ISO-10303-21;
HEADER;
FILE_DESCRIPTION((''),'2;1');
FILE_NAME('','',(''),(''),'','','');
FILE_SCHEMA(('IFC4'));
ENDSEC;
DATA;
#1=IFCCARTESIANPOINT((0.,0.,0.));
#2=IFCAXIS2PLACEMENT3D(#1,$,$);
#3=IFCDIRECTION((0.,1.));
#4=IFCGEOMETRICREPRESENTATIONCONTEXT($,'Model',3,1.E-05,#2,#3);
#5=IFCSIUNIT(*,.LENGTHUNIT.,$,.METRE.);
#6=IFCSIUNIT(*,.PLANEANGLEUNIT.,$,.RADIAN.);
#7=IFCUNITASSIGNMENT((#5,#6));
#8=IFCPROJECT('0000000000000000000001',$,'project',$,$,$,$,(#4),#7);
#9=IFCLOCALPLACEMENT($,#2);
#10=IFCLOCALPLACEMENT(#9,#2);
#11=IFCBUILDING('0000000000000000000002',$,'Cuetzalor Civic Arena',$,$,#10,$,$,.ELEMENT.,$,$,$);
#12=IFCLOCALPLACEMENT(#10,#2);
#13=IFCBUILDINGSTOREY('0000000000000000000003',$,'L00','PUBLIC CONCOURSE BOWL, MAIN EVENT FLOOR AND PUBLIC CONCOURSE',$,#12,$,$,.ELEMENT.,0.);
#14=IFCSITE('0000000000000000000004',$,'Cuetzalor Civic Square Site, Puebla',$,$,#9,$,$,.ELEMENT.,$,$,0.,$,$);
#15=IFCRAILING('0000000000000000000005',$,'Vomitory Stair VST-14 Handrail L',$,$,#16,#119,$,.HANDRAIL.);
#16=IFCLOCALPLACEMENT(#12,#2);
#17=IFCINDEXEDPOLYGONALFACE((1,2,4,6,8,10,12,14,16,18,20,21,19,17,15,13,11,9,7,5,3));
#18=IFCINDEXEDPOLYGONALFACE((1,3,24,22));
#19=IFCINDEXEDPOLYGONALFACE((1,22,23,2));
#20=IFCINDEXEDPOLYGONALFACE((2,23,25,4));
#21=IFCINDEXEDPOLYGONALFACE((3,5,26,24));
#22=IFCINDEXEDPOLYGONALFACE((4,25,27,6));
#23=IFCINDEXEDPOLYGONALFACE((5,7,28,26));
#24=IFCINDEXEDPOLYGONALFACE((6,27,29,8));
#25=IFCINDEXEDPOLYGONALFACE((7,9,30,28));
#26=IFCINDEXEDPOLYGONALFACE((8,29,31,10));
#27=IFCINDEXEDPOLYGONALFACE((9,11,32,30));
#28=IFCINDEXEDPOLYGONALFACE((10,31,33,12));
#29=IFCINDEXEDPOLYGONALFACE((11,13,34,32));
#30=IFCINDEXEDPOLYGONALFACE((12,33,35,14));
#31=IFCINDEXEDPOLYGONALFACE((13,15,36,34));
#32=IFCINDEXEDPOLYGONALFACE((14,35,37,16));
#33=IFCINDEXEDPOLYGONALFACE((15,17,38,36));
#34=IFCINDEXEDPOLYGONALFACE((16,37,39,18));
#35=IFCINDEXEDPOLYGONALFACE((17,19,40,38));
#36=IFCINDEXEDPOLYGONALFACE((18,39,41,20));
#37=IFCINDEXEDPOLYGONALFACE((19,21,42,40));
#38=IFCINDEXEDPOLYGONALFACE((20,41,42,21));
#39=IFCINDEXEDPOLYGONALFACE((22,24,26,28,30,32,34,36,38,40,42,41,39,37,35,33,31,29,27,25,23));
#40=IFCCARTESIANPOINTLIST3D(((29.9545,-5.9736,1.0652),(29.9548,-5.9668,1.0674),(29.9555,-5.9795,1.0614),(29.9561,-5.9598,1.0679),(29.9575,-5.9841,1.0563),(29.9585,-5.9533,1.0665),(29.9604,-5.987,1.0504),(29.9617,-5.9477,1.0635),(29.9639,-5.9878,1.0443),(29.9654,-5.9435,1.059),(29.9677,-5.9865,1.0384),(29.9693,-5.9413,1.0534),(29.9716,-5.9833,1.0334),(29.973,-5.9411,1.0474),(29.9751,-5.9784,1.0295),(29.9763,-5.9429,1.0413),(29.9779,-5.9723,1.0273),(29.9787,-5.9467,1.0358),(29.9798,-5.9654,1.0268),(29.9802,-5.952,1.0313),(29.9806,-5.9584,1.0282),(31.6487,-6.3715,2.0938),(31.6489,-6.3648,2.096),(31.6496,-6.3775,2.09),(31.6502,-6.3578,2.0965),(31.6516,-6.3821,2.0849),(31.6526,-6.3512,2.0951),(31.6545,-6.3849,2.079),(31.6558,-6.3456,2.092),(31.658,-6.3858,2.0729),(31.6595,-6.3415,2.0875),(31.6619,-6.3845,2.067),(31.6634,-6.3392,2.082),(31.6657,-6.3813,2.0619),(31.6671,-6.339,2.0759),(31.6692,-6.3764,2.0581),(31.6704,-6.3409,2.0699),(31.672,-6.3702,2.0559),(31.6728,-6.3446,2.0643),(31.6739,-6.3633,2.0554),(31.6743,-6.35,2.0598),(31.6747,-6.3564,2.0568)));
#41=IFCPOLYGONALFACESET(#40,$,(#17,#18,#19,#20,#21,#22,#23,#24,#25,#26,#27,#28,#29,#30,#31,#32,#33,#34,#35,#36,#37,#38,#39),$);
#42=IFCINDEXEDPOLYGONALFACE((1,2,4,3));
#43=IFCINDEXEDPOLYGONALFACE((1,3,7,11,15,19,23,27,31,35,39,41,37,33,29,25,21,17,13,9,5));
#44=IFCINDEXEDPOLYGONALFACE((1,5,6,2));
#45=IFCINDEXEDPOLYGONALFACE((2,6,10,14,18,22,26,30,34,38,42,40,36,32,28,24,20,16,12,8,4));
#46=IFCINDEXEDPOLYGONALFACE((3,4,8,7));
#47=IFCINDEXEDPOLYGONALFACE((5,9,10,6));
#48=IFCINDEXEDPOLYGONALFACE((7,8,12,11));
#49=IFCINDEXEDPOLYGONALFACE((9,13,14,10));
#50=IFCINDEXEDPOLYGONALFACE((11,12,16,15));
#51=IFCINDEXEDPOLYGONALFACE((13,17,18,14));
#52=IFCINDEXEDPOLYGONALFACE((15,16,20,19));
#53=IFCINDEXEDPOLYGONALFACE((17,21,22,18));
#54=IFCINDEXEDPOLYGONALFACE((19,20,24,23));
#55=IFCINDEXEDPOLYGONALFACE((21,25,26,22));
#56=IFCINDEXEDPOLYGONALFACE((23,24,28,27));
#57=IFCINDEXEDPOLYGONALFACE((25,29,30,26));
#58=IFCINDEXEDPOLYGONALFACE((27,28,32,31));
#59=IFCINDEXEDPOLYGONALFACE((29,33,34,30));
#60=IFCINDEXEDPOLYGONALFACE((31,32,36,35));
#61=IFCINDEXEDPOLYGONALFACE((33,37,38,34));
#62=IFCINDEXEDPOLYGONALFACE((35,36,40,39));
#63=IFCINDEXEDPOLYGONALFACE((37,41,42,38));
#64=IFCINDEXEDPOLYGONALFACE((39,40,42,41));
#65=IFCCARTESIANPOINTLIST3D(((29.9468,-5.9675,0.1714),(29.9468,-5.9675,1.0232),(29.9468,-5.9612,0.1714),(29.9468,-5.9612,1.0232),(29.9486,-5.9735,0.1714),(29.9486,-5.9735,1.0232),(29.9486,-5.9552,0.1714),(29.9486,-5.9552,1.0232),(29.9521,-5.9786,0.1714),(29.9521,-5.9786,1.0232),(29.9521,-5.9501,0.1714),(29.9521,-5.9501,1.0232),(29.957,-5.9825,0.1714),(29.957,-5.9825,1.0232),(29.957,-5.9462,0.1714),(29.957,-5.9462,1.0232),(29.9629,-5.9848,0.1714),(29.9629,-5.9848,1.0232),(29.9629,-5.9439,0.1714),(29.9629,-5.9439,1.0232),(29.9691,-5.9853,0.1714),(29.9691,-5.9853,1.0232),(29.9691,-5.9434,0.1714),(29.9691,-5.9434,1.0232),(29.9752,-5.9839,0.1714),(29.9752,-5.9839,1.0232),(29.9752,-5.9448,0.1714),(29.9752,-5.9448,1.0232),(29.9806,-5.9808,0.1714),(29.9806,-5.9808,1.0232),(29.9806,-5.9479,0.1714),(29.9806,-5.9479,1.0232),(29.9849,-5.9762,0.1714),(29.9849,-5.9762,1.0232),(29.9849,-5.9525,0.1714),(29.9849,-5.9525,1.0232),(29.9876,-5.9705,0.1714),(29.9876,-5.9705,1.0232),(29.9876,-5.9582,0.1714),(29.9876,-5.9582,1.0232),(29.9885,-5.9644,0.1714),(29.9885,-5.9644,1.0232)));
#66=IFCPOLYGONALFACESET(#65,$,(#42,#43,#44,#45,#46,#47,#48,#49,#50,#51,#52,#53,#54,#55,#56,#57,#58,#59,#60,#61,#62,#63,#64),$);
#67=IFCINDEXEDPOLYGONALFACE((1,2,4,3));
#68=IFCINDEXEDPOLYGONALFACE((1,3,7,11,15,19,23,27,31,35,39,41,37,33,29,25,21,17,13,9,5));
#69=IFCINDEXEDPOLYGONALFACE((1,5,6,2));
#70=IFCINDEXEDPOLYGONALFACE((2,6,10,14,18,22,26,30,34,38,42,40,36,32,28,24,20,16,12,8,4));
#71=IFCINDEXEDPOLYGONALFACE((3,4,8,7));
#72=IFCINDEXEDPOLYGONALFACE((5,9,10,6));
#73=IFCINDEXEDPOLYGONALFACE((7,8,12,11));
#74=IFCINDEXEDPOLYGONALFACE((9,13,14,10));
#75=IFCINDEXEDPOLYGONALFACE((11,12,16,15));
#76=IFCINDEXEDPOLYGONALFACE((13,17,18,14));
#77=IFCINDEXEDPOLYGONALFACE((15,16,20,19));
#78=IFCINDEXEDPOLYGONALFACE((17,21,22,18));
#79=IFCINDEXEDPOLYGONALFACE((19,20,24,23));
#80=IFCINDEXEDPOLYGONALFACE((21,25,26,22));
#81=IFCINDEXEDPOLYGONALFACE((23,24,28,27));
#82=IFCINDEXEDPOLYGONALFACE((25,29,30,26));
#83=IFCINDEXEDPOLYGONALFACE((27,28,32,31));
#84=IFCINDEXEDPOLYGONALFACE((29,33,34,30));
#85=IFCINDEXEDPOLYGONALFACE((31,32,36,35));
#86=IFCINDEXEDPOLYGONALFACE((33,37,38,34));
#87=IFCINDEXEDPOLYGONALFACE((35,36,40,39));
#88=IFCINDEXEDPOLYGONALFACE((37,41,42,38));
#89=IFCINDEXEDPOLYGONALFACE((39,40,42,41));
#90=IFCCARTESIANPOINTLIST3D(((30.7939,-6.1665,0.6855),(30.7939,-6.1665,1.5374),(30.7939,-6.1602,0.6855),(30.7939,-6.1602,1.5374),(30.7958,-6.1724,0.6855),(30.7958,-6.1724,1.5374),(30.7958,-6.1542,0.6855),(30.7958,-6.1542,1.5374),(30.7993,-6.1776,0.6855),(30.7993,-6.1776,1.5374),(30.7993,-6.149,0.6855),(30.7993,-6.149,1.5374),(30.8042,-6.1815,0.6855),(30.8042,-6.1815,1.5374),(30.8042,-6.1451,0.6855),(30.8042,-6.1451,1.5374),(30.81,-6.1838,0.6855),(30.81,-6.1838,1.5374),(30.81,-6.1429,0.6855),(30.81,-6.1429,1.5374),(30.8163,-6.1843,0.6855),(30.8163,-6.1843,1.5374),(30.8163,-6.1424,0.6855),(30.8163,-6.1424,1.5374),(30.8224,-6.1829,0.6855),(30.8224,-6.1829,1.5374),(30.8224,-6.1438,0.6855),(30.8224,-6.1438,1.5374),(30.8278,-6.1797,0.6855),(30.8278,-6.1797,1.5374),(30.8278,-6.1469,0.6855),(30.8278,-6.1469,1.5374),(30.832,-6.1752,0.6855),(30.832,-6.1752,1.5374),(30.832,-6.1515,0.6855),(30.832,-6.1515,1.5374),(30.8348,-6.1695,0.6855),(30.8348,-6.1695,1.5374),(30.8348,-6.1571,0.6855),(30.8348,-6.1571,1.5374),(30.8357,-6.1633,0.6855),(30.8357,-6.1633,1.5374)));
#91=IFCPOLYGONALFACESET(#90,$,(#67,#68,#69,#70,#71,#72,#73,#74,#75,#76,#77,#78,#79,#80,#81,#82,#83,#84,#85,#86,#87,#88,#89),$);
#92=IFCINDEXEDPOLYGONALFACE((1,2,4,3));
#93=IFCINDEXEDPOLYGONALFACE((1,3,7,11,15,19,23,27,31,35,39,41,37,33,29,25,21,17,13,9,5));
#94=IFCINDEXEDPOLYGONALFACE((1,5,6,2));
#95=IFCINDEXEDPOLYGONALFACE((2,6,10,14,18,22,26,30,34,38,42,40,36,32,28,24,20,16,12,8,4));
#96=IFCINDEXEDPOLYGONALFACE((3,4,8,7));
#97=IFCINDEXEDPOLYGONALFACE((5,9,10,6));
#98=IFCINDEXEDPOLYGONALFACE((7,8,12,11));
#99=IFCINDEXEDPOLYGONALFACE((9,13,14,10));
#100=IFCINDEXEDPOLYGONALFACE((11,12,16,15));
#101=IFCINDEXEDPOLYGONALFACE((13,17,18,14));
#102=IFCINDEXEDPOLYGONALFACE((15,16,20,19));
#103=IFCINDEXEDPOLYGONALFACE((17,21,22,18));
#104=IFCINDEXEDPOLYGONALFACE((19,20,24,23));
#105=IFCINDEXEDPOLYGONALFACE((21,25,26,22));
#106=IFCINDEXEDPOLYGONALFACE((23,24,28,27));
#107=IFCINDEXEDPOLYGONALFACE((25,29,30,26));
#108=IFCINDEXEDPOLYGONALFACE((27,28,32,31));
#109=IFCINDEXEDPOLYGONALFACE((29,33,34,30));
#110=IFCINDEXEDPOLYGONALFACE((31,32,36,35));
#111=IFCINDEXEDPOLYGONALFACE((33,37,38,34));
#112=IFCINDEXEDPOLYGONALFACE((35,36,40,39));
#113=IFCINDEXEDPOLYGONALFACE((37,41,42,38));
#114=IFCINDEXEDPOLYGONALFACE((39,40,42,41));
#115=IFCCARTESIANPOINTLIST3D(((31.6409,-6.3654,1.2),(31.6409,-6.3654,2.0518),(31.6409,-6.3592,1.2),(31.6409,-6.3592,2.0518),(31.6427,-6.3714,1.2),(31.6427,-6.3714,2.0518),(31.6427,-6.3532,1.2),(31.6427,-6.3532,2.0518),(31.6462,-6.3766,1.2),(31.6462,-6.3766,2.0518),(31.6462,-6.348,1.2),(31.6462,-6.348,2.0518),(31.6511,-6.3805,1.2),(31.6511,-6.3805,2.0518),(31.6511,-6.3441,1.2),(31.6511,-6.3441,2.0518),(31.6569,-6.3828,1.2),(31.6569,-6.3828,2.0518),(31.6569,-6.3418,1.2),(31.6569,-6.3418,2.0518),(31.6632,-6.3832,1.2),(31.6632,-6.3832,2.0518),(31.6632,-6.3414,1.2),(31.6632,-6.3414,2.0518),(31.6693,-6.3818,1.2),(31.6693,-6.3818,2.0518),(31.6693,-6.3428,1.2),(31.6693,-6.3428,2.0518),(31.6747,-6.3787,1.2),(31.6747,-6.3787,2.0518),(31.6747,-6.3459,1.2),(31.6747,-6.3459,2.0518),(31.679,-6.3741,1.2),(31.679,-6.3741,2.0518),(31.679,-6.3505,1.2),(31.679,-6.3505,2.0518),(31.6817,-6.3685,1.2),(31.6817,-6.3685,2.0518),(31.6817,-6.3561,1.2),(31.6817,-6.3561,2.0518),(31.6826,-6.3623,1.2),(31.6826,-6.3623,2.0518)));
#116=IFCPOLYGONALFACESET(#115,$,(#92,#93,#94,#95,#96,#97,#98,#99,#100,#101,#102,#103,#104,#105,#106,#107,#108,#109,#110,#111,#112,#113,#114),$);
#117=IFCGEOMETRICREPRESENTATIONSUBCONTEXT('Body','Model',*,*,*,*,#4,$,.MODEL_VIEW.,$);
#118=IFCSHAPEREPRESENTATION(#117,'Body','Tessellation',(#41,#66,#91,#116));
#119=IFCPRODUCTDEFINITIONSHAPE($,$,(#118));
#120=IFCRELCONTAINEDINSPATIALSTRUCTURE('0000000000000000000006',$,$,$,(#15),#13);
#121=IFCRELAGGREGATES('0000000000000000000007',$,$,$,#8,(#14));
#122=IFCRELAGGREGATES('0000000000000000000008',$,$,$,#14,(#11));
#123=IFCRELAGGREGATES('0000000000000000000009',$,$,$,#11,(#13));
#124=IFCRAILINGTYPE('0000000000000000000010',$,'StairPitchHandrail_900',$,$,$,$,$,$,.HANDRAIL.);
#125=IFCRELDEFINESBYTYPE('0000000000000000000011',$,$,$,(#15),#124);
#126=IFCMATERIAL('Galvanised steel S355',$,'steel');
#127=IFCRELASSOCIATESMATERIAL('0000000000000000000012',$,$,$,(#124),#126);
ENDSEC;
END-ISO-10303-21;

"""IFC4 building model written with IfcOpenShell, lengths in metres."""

from ifc_helpers import new_model, si_unit, direction, frame, origin, origin_2d, place, context, subcontext, project, spatial, circle, extrude, material, type_object, element, save


model = new_model("IFC4")

# Units and contexts
model_context = context("Model", 3, precision=1e-05, world=origin(), true_north=direction((0.0, 1.0)))
body_context = subcontext(model_context, "Body", "Model", "MODEL_VIEW")
ifc_project = project(units=[si_unit("LENGTHUNIT", "METRE"), si_unit("PLANEANGLEUNIT", "RADIAN")], contexts=[model_context])

# Site, building, storey
site_placement = place(None, origin())
site = spatial("IfcSite", under=ifc_project, at=site_placement, Name="Cuetzalor Civic Square Site, Puebla", CompositionType="ELEMENT", RefElevation=0.0)
building_placement = place(site_placement, origin())
building = spatial("IfcBuilding", under=site, at=building_placement, Name="Cuetzalor Civic Arena", CompositionType="ELEMENT")
storey_placement = place(building_placement, origin())
storey = spatial("IfcBuildingStorey", under=building, at=storey_placement, Name="L00", Description="PUBLIC CONCOURSE BOWL, MAIN EVENT FLOOR AND PUBLIC CONCOURSE", CompositionType="ELEMENT", Elevation=0.0)

# Railing
ifc_material_1 = material(Name="Galvanised steel S355", Category="steel")
railing_type_1 = type_object("IfcRailingType", Name="StairPitchHandrail_900", PredefinedType="HANDRAIL", material=ifc_material_1)
railing_1_placement = place(storey_placement, frame((29.9675, -5.9644, 0.1714)))
element("IfcRailing", 1, at=railing_1_placement, inside=storey, type_object=railing_type_1, Name="Vomitory Stair VST-14 Handrail L", PredefinedType="HANDRAIL", context=body_context, shape_type="SweptSolid", body=[
    extrude(circle(Radius=0.0239, at=origin_2d()), frame((0.0, 0.0, 0.876), z_axis=(0.838058, -0.196863, 0.508825), x_axis=(0.22868, 0.973502, 0.0)), (0.0, 0.0, 1.0), 2.0215),
    extrude(circle(Radius=0.021, at=origin_2d()), origin(), (0.0, 0.0, 1.0), 0.8518),
    extrude(circle(Radius=0.021, at=origin_2d()), frame((0.8472, -0.199, 0.5142)), (0.0, 0.0, 1.0), 0.8518),
    extrude(circle(Radius=0.021, at=origin_2d()), frame((1.6941, -0.3979, 1.0286)), (0.0, 0.0, 1.0), 0.8518),
])

save(model, "model.ifc")
